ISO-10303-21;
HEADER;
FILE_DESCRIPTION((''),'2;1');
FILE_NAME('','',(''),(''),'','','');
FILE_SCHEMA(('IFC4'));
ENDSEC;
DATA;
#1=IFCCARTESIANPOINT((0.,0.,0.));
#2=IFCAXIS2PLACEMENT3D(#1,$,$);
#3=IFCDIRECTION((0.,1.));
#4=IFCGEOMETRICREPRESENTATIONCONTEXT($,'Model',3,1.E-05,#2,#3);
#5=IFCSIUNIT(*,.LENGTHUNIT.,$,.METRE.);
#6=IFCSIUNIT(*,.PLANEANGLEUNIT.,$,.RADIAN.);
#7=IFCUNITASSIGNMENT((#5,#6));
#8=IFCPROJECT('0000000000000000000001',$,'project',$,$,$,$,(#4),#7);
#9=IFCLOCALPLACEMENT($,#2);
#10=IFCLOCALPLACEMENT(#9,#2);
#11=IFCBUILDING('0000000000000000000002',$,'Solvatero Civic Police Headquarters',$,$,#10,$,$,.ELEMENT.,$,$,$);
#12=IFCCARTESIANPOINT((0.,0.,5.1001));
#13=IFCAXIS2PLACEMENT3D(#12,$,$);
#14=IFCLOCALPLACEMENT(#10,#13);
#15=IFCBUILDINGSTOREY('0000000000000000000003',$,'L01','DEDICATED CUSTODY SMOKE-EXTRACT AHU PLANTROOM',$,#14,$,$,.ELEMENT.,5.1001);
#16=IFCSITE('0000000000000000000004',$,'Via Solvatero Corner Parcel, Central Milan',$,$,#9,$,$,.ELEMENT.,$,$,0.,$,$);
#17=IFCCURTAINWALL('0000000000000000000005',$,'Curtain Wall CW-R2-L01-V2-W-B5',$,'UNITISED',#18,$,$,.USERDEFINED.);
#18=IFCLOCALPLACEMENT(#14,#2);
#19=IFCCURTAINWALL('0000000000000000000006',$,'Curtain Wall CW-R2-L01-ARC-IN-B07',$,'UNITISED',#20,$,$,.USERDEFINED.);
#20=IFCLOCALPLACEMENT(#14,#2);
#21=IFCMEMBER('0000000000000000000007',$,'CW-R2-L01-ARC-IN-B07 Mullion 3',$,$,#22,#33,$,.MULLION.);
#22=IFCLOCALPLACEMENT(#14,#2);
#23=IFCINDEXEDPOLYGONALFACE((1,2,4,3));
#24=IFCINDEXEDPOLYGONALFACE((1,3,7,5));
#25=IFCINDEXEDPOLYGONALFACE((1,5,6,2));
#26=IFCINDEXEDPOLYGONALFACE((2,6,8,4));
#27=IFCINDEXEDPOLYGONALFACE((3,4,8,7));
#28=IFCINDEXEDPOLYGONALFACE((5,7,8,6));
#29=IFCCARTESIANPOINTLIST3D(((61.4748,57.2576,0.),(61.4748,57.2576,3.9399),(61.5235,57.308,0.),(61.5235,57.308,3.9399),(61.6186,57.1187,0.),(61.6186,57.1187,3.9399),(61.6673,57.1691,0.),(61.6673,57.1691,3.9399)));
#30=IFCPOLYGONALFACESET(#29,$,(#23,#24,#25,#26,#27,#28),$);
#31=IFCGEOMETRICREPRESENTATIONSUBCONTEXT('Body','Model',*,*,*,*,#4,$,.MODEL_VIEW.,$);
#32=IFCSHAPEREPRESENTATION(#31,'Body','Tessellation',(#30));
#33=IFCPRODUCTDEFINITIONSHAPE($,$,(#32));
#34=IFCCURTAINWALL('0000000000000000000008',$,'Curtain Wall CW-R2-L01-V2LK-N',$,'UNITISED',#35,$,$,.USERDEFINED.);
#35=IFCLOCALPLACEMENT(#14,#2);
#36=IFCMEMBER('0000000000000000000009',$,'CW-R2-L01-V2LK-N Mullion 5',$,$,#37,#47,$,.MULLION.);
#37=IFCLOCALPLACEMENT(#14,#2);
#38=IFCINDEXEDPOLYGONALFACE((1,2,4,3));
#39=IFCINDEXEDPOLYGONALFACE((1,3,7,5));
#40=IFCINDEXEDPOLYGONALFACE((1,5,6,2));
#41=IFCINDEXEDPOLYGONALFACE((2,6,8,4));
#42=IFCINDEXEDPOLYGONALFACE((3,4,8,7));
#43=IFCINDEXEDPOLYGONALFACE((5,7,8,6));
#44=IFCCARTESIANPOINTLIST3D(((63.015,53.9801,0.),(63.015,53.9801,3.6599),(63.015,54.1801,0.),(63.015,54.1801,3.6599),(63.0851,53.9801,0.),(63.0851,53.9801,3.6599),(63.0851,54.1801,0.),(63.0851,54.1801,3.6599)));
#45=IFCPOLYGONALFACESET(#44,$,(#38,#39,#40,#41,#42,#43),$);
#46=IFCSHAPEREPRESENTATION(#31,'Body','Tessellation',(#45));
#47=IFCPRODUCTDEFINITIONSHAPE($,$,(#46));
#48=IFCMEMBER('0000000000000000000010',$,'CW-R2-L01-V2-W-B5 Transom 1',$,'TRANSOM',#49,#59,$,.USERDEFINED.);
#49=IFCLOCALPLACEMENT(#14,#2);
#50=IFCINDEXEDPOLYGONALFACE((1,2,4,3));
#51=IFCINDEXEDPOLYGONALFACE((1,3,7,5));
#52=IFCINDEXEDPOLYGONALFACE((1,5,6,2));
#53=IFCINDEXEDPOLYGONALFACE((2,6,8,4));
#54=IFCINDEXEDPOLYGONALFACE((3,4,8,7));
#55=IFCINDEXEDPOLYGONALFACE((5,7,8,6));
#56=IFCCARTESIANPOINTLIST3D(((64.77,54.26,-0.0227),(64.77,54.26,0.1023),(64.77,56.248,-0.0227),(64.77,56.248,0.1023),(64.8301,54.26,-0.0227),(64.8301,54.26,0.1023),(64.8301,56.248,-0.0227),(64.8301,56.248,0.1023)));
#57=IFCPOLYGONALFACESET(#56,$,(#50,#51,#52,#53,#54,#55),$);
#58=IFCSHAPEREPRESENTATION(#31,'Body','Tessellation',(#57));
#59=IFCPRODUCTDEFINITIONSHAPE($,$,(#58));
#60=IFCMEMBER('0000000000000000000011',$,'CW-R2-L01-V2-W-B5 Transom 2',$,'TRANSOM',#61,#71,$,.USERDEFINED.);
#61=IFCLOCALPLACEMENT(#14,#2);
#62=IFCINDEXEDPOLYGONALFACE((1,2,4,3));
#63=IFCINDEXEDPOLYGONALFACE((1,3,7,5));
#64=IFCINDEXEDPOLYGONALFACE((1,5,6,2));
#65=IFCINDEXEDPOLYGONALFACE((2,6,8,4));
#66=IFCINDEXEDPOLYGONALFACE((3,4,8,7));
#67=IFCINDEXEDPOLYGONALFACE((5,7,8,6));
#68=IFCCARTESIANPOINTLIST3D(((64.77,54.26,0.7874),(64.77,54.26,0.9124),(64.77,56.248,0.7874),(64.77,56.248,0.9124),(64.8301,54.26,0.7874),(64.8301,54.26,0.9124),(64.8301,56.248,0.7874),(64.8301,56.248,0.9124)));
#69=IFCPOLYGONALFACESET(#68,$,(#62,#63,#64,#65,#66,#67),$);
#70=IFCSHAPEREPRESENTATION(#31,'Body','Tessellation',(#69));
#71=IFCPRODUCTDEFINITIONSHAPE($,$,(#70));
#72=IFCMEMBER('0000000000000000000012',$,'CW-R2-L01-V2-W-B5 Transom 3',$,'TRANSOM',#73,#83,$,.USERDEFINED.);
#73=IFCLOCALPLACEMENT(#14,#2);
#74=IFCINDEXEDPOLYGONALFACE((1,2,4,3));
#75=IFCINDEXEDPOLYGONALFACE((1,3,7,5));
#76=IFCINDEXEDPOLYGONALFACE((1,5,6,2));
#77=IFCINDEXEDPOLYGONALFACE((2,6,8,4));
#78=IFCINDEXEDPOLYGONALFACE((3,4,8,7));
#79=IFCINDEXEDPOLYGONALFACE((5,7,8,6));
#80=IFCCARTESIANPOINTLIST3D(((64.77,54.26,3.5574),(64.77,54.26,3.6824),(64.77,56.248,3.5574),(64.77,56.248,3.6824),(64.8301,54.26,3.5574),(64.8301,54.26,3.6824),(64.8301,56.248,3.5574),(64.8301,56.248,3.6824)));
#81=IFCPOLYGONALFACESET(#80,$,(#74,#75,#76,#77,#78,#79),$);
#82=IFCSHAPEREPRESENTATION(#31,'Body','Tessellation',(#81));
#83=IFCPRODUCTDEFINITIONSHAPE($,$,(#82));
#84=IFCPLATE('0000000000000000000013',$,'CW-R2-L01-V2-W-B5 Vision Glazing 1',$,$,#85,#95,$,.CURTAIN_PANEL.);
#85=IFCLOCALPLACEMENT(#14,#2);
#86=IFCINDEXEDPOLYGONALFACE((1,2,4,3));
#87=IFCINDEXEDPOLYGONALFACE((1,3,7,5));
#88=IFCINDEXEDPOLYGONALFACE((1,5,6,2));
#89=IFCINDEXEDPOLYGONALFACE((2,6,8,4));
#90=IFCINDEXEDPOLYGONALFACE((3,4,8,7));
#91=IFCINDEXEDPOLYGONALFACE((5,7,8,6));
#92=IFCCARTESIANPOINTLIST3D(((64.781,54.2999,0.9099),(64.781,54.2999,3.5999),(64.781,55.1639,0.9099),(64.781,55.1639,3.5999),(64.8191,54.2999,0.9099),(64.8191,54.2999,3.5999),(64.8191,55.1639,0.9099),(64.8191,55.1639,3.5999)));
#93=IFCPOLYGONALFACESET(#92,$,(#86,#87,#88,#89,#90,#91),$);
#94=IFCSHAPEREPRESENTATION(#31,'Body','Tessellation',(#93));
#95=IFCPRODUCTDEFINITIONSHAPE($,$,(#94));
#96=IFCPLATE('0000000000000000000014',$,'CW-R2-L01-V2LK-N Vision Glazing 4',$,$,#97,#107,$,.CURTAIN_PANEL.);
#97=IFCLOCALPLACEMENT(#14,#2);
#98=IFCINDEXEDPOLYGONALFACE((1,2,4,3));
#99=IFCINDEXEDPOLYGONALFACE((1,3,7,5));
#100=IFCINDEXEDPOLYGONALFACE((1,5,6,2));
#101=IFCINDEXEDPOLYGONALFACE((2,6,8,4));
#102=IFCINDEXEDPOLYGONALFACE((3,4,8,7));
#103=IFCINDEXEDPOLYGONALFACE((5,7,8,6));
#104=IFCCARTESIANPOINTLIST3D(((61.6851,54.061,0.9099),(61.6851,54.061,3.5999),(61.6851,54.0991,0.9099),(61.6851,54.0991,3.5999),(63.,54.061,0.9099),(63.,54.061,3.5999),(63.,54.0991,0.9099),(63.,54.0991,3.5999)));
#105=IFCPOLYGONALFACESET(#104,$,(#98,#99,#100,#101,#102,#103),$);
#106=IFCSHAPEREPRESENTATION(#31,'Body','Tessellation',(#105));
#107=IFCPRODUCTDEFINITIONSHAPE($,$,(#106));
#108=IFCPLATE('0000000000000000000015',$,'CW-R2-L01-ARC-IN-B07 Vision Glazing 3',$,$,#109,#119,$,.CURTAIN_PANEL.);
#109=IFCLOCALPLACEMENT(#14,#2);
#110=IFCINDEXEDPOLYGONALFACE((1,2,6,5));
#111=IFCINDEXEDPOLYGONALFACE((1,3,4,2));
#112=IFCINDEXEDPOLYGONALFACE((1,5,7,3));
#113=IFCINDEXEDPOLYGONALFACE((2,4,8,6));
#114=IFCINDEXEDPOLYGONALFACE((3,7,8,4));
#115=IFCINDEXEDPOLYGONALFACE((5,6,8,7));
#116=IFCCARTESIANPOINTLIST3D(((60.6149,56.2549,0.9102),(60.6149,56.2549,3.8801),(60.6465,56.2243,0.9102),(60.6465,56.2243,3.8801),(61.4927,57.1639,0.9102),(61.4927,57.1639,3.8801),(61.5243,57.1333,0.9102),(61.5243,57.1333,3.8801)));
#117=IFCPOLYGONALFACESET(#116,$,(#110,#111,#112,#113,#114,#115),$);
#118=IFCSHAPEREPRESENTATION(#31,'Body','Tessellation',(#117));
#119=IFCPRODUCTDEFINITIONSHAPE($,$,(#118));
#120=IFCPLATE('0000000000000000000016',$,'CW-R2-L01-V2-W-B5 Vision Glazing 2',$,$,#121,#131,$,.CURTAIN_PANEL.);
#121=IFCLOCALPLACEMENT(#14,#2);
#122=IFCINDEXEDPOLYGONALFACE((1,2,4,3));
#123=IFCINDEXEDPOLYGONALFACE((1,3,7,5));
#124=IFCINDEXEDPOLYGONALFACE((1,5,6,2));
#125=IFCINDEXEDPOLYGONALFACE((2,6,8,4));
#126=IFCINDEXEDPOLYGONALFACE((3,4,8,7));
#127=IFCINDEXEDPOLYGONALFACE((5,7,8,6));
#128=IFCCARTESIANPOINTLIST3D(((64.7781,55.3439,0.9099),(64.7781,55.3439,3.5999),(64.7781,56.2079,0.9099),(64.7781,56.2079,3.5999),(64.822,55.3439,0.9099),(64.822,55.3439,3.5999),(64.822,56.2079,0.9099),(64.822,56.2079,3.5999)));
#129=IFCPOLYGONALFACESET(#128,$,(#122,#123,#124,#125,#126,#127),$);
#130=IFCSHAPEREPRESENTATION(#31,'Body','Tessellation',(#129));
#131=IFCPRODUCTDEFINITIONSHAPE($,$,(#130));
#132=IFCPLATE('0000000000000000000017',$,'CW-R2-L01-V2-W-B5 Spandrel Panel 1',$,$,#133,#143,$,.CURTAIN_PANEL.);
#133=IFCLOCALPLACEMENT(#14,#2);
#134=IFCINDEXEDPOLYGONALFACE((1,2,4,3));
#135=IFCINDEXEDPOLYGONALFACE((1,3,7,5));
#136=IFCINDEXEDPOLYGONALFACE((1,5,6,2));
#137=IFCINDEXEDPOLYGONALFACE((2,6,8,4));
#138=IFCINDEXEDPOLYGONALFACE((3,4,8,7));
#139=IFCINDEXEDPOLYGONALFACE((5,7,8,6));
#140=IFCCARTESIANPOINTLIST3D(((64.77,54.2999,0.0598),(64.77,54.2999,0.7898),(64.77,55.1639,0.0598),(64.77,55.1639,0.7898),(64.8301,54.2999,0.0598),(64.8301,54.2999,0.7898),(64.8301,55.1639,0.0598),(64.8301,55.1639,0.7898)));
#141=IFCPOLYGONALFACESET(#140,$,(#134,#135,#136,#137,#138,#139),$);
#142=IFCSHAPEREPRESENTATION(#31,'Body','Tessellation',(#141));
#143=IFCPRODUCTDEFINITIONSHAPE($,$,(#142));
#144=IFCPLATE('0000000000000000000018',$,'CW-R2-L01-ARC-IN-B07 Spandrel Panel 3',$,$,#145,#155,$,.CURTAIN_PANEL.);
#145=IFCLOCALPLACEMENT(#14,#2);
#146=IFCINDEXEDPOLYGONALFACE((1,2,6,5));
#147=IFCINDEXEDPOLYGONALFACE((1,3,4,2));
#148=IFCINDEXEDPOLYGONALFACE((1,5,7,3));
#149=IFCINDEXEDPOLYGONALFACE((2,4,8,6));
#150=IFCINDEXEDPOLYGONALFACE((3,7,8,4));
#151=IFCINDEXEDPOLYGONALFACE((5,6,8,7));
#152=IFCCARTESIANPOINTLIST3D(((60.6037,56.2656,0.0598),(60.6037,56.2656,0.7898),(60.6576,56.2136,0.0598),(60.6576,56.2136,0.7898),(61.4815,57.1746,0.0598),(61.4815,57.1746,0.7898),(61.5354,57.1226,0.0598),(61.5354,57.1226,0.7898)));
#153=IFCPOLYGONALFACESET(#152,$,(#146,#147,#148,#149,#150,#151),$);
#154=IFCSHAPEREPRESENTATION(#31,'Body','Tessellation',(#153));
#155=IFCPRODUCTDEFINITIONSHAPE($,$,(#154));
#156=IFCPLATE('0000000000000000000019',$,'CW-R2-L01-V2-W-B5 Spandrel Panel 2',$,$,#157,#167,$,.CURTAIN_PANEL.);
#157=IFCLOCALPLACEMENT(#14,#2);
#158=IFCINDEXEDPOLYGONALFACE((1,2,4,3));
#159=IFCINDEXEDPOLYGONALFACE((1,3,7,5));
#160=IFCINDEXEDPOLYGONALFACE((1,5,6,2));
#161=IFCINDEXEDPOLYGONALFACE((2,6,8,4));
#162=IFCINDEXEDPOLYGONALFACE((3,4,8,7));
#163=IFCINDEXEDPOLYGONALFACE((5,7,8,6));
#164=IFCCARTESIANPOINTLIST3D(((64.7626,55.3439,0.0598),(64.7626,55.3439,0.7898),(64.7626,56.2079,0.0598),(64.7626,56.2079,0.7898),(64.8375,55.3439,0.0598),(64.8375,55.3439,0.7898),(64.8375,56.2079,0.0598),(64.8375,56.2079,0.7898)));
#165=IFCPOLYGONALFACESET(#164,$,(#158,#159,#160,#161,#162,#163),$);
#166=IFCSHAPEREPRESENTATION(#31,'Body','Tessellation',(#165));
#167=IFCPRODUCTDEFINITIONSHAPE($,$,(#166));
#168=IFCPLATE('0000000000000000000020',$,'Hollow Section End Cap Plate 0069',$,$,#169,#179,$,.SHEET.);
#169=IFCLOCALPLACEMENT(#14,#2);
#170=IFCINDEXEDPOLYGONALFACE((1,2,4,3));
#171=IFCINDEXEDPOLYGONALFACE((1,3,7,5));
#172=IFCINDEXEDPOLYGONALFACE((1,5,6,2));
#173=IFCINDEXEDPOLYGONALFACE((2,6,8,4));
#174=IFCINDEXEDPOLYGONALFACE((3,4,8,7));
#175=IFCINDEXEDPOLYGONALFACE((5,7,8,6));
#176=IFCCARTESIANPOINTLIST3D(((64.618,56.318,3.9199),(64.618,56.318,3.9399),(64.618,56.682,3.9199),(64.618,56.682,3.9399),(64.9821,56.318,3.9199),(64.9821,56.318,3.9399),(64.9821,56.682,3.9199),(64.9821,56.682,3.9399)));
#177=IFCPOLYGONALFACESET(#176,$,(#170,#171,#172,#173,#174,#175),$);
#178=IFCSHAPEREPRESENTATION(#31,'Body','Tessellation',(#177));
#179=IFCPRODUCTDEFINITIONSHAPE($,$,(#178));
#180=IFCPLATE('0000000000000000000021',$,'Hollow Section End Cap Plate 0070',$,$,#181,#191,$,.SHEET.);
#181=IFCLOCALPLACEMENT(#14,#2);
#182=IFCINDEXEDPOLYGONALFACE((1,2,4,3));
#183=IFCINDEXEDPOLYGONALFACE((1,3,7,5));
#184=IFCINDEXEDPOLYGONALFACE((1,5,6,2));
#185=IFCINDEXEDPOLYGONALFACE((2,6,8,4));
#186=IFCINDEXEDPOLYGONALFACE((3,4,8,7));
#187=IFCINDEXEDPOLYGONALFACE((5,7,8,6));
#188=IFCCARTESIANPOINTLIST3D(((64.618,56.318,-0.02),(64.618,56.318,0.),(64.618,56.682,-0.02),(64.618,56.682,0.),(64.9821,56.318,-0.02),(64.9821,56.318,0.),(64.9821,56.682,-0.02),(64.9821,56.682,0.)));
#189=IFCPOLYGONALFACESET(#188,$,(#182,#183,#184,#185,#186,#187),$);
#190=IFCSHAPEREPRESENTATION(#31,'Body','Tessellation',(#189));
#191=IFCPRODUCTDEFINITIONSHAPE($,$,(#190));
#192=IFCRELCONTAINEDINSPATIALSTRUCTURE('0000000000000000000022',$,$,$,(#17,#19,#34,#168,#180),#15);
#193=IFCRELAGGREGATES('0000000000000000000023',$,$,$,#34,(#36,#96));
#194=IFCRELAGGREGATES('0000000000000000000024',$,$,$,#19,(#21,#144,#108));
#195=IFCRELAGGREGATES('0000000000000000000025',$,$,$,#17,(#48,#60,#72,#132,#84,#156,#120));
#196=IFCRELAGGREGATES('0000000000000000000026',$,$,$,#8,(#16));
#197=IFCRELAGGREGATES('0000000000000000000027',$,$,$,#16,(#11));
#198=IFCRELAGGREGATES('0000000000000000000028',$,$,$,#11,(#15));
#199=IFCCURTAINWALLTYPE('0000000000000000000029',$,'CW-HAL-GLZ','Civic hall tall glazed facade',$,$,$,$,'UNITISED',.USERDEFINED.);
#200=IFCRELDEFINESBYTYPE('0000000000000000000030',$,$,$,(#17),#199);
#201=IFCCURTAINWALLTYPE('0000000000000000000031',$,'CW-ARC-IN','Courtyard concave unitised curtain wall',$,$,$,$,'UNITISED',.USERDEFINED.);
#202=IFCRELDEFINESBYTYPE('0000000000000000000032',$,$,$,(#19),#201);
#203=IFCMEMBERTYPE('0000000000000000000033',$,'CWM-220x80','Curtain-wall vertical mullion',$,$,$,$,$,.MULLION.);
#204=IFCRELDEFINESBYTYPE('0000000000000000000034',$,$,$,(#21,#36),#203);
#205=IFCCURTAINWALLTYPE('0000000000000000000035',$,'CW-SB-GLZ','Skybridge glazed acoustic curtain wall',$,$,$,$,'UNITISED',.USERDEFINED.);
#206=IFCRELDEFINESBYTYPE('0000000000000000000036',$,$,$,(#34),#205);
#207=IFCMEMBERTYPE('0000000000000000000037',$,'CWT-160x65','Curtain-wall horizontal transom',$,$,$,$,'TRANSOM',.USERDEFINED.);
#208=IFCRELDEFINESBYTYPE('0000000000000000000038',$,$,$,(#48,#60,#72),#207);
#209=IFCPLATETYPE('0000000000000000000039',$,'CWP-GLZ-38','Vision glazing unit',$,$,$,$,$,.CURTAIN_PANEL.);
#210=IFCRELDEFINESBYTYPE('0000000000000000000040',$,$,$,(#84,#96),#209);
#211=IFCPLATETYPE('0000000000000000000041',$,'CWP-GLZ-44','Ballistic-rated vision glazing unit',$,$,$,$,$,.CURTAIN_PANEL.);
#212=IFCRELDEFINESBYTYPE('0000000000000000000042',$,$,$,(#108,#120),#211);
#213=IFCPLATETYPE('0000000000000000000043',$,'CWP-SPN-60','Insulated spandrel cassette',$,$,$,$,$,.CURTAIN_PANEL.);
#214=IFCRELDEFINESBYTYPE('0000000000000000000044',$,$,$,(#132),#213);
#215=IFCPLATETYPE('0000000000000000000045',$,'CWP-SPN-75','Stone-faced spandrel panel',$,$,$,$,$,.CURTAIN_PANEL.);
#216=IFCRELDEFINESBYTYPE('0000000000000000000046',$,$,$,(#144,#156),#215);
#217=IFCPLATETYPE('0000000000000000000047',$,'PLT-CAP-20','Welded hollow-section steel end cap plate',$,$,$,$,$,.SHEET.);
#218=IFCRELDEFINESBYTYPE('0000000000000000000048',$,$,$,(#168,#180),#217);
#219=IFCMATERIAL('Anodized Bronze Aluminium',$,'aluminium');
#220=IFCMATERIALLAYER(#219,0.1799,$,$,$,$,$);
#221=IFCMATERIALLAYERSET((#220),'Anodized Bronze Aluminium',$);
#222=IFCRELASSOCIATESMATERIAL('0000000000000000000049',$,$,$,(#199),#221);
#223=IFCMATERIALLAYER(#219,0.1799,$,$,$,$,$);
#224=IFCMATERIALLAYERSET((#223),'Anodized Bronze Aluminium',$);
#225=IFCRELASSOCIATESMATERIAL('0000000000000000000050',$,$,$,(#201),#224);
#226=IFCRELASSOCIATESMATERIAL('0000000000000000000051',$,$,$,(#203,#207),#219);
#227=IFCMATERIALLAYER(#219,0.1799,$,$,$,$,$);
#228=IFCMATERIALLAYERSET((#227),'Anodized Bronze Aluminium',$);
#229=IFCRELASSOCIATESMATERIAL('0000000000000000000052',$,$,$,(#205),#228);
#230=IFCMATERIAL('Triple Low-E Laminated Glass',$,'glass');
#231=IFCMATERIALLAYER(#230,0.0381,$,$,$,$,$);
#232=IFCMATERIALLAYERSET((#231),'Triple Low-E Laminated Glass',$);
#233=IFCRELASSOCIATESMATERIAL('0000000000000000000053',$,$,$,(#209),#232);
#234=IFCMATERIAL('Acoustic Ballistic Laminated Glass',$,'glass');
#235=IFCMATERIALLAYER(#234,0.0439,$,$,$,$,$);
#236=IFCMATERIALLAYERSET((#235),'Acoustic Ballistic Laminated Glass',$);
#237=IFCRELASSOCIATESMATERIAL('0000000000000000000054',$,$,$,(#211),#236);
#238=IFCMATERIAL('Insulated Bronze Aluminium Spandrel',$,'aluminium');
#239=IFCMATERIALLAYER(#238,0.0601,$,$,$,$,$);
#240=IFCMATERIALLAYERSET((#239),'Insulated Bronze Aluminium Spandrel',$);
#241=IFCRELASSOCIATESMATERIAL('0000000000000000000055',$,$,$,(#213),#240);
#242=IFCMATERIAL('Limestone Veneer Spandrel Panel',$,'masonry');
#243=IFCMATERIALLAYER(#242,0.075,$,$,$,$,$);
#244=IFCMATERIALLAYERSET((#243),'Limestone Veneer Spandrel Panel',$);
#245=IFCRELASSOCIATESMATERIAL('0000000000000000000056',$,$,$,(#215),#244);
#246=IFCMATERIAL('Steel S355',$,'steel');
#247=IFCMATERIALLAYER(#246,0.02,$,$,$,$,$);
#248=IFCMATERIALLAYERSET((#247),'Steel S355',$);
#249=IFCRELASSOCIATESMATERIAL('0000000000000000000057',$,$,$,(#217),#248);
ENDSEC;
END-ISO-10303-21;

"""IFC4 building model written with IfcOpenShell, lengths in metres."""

from ifc_helpers import new_model, si_unit, direction, frame, origin, origin_2d, place, context, subcontext, project, spatial, rectangle, extrude, material, layer, layer_set, material_profile, profile_set, type_object, element, aggregate, save


model = new_model("IFC4")

# Units and contexts
model_context = context("Model", 3, precision=1e-05, world=origin(), true_north=direction((0.0, 1.0)))
body_context = subcontext(model_context, "Body", "Model", "MODEL_VIEW")
ifc_project = project(units=[si_unit("LENGTHUNIT", "METRE"), si_unit("PLANEANGLEUNIT", "RADIAN")], contexts=[model_context])

# Site, building, storey
site_placement = place(None, origin())
site = spatial("IfcSite", under=ifc_project, at=site_placement, Name="Via Solvatero Corner Parcel, Central Milan", CompositionType="ELEMENT", RefElevation=0.0)
building_placement = place(site_placement, origin())
building = spatial("IfcBuilding", under=site, at=building_placement, Name="Solvatero Civic Police Headquarters", CompositionType="ELEMENT")
storey_placement = place(building_placement, frame((0.0, 0.0, 5.1001)))
storey = spatial("IfcBuildingStorey", under=building, at=storey_placement, Name="L01", Description="DEDICATED CUSTODY SMOKE-EXTRACT AHU PLANTROOM", CompositionType="ELEMENT", Elevation=5.1001)

# Shared definitions
ifc_material_1 = material(Name="Steel S355", Category="steel")

# Curtain wall
ifc_material_2 = material(Name="Anodized Bronze Aluminium", Category="aluminium")
ifc_layer_1 = layer(ifc_material_2, 0.1799)
ifc_layer_set_1 = layer_set([ifc_layer_1], Name="Anodized Bronze Aluminium")
curtain_wall_type_1 = type_object("IfcCurtainWallType", Name="CW-HAL-GLZ", Description="Civic hall tall glazed facade", ElementType="UNITISED", PredefinedType="USERDEFINED", material=ifc_layer_set_1)
curtain_wall_1_placement = place(storey_placement, origin())
curtain_wall_1 = element("IfcCurtainWall", 1, at=curtain_wall_1_placement, inside=storey, type_object=curtain_wall_type_1, Name="Curtain Wall CW-R2-L01-V2-W-B5", ObjectType="UNITISED", PredefinedType="USERDEFINED")

# Curtain walls, members
ifc_layer_2 = layer(ifc_material_2, 0.1799)
ifc_layer_set_2 = layer_set([ifc_layer_2], Name="Anodized Bronze Aluminium")
curtain_wall_type_2 = type_object("IfcCurtainWallType", Name="CW-ARC-IN", Description="Courtyard concave unitised curtain wall", ElementType="UNITISED", PredefinedType="USERDEFINED", material=ifc_layer_set_2)
curtain_wall_2_placement = place(storey_placement, origin())
curtain_wall_2 = element("IfcCurtainWall", 2, at=curtain_wall_2_placement, inside=storey, type_object=curtain_wall_type_2, Name="Curtain Wall CW-R2-L01-ARC-IN-B07", ObjectType="UNITISED", PredefinedType="USERDEFINED")
ifc_material_profile_1 = material_profile(ifc_material_2, rectangle(XDim=0.0701, YDim=0.2, at=origin_2d()), Name="ALU MULLION 70x200")
ifc_profile_set_1 = profile_set([ifc_material_profile_1], Name="Anodized Bronze Aluminium")
member_type_1 = type_object("IfcMemberType", Name="CWM-220x80", Description="Curtain-wall vertical mullion", PredefinedType="MULLION", material=ifc_profile_set_1)
member_1_placement = place(storey_placement, frame((61.571, 57.2134, 0.0), z_axis=(0.0, 0.0, 1.0), x_axis=(-0.694658, -0.71934, 0.0)))
member_1 = element("IfcMember", 3, at=member_1_placement, type_object=member_type_1, Name="CW-R2-L01-ARC-IN-B07 Mullion 3", PredefinedType="MULLION", context=body_context, shape_type="SweptSolid", body=[
    extrude(rectangle(XDim=0.0701, YDim=0.2, at=origin_2d()), origin(), (0.0, 0.0, 1.0), 3.9399),
])
ifc_layer_3 = layer(ifc_material_2, 0.1799)
ifc_layer_set_3 = layer_set([ifc_layer_3], Name="Anodized Bronze Aluminium")
curtain_wall_type_3 = type_object("IfcCurtainWallType", Name="CW-SB-GLZ", Description="Skybridge glazed acoustic curtain wall", ElementType="UNITISED", PredefinedType="USERDEFINED", material=ifc_layer_set_3)
curtain_wall_3_placement = place(storey_placement, origin())
curtain_wall_3 = element("IfcCurtainWall", 4, at=curtain_wall_3_placement, inside=storey, type_object=curtain_wall_type_3, Name="Curtain Wall CW-R2-L01-V2LK-N", ObjectType="UNITISED", PredefinedType="USERDEFINED")
member_2_placement = place(storey_placement, frame((63.05, 54.0801, 0.0), z_axis=(0.0, 0.0, 1.0), x_axis=(1.0, 0.0, 0.0)))
member_2 = element("IfcMember", 5, at=member_2_placement, type_object=member_type_1, Name="CW-R2-L01-V2LK-N Mullion 5", PredefinedType="MULLION", context=body_context, shape_type="SweptSolid", body=[
    extrude(rectangle(XDim=0.0701, YDim=0.2, at=origin_2d()), origin(), (0.0, 0.0, 1.0), 3.6599),
])

# Members
ifc_material_profile_2 = material_profile(ifc_material_2, rectangle(XDim=0.0601, YDim=0.125, at=origin_2d()), Name="ALU TRANSOM 60x125")
ifc_profile_set_2 = profile_set([ifc_material_profile_2], Name="Anodized Bronze Aluminium")
member_type_2 = type_object("IfcMemberType", Name="CWT-160x65", Description="Curtain-wall horizontal transom", ElementType="TRANSOM", PredefinedType="USERDEFINED", material=ifc_profile_set_2)
member_3_placement = place(storey_placement, frame((64.8, 54.26, 0.0398), z_axis=(0.0, 1.0, 0.0), x_axis=(-1.0, 0.0, 0.0)))
member_3 = element("IfcMember", 6, at=member_3_placement, type_object=member_type_2, Name="CW-R2-L01-V2-W-B5 Transom 1", ObjectType="TRANSOM", PredefinedType="USERDEFINED", context=body_context, shape_type="SweptSolid", body=[
    extrude(rectangle(XDim=0.0601, YDim=0.125, at=origin_2d()), origin(), (0.0, 0.0, 1.0), 1.988),
])
member_4_placement = place(storey_placement, frame((64.8, 54.26, 0.8499), z_axis=(0.0, 1.0, 0.0), x_axis=(-1.0, 0.0, 0.0)))
member_4 = element("IfcMember", 7, at=member_4_placement, type_object=member_type_2, Name="CW-R2-L01-V2-W-B5 Transom 2", ObjectType="TRANSOM", PredefinedType="USERDEFINED", context=body_context, shape_type="SweptSolid", body=[
    extrude(rectangle(XDim=0.0601, YDim=0.125, at=origin_2d()), origin(), (0.0, 0.0, 1.0), 1.988),
])
member_5_placement = place(storey_placement, frame((64.8, 54.26, 3.6199), z_axis=(0.0, 1.0, 0.0), x_axis=(-1.0, 0.0, 0.0)))
member_5 = element("IfcMember", 8, at=member_5_placement, type_object=member_type_2, Name="CW-R2-L01-V2-W-B5 Transom 3", ObjectType="TRANSOM", PredefinedType="USERDEFINED", context=body_context, shape_type="SweptSolid", body=[
    extrude(rectangle(XDim=0.0601, YDim=0.125, at=origin_2d()), origin(), (0.0, 0.0, 1.0), 1.988),
])

# Plates
ifc_material_3 = material(Name="Triple Low-E Laminated Glass", Category="glass")
ifc_layer_4 = layer(ifc_material_3, 0.0381)
ifc_layer_set_4 = layer_set([ifc_layer_4], Name="Triple Low-E Laminated Glass")
plate_type_1 = type_object("IfcPlateType", Name="CWP-GLZ-38", Description="Vision glazing unit", PredefinedType="CURTAIN_PANEL", material=ifc_layer_set_4)
plate_1_placement = place(storey_placement, frame((64.8, 54.7319, 0.9099), z_axis=(0.0, 0.0, 1.0), x_axis=(0.0, 1.0, 0.0)))
plate_1 = element("IfcPlate", 9, at=plate_1_placement, type_object=plate_type_1, Name="CW-R2-L01-V2-W-B5 Vision Glazing 1", PredefinedType="CURTAIN_PANEL", context=body_context, shape_type="SweptSolid", body=[
    extrude(rectangle(XDim=0.864, YDim=0.0381, at=origin_2d()), origin(), (0.0, 0.0, 1.0), 2.6899),
])
plate_2_placement = place(storey_placement, frame((62.3425, 54.0801, 0.9099), z_axis=(0.0, 0.0, 1.0), x_axis=(1.0, 0.0, 0.0)))
plate_2 = element("IfcPlate", 10, at=plate_2_placement, type_object=plate_type_1, Name="CW-R2-L01-V2LK-N Vision Glazing 4", PredefinedType="CURTAIN_PANEL", context=body_context, shape_type="SweptSolid", body=[
    extrude(rectangle(XDim=1.3149, YDim=0.0381, at=origin_2d()), origin(), (0.0, 0.0, 1.0), 2.6899),
])
aggregate(curtain_wall_3, [member_2, plate_2])
ifc_material_4 = material(Name="Acoustic Ballistic Laminated Glass", Category="glass")
ifc_layer_5 = layer(ifc_material_4, 0.0439)
ifc_layer_set_5 = layer_set([ifc_layer_5], Name="Acoustic Ballistic Laminated Glass")
plate_type_2 = type_object("IfcPlateType", Name="CWP-GLZ-44", Description="Ballistic-rated vision glazing unit", PredefinedType="CURTAIN_PANEL", material=ifc_layer_set_5)
plate_3_placement = place(storey_placement, frame((61.0696, 56.6941, 0.9102), z_axis=(0.0, 0.0, 1.0), x_axis=(-0.694658, -0.71934, 0.0)))
plate_3 = element("IfcPlate", 11, at=plate_3_placement, type_object=plate_type_2, Name="CW-R2-L01-ARC-IN-B07 Vision Glazing 3", PredefinedType="CURTAIN_PANEL", context=body_context, shape_type="SweptSolid", body=[
    extrude(rectangle(XDim=1.2637, YDim=0.0439, at=origin_2d()), origin(), (0.0, 0.0, 1.0), 2.97),
])
plate_4_placement = place(storey_placement, frame((64.8, 55.7759, 0.9099), z_axis=(0.0, 0.0, 1.0), x_axis=(0.0, 1.0, 0.0)))
plate_4 = element("IfcPlate", 12, at=plate_4_placement, type_object=plate_type_2, Name="CW-R2-L01-V2-W-B5 Vision Glazing 2", PredefinedType="CURTAIN_PANEL", context=body_context, shape_type="SweptSolid", body=[
    extrude(rectangle(XDim=0.864, YDim=0.0439, at=origin_2d()), origin(), (0.0, 0.0, 1.0), 2.6899),
])
ifc_material_5 = material(Name="Insulated Bronze Aluminium Spandrel", Category="aluminium")
ifc_layer_6 = layer(ifc_material_5, 0.0601)
ifc_layer_set_6 = layer_set([ifc_layer_6], Name="Insulated Bronze Aluminium Spandrel")
plate_type_3 = type_object("IfcPlateType", Name="CWP-SPN-60", Description="Insulated spandrel cassette", PredefinedType="CURTAIN_PANEL", material=ifc_layer_set_6)
plate_5_placement = place(storey_placement, frame((64.8, 54.7319, 0.0598), z_axis=(0.0, 0.0, 1.0), x_axis=(0.0, 1.0, 0.0)))
plate_5 = element("IfcPlate", 13, at=plate_5_placement, type_object=plate_type_3, Name="CW-R2-L01-V2-W-B5 Spandrel Panel 1", PredefinedType="CURTAIN_PANEL", context=body_context, shape_type="SweptSolid", body=[
    extrude(rectangle(XDim=0.864, YDim=0.0601, at=origin_2d()), origin(), (0.0, 0.0, 1.0), 0.73),
])
ifc_material_6 = material(Name="Limestone Veneer Spandrel Panel", Category="masonry")
ifc_layer_7 = layer(ifc_material_6, 0.075)
ifc_layer_set_7 = layer_set([ifc_layer_7], Name="Limestone Veneer Spandrel Panel")
plate_type_4 = type_object("IfcPlateType", Name="CWP-SPN-75", Description="Stone-faced spandrel panel", PredefinedType="CURTAIN_PANEL", material=ifc_layer_set_7)
plate_6_placement = place(storey_placement, frame((61.0696, 56.6941, 0.0598), z_axis=(0.0, 0.0, 1.0), x_axis=(-0.694658, -0.71934, 0.0)))
plate_6 = element("IfcPlate", 14, at=plate_6_placement, type_object=plate_type_4, Name="CW-R2-L01-ARC-IN-B07 Spandrel Panel 3", PredefinedType="CURTAIN_PANEL", context=body_context, shape_type="SweptSolid", body=[
    extrude(rectangle(XDim=1.2637, YDim=0.075, at=origin_2d()), origin(), (0.0, 0.0, 1.0), 0.73),
])
aggregate(curtain_wall_2, [member_1, plate_6, plate_3])
plate_7_placement = place(storey_placement, frame((64.8, 55.7759, 0.0598), z_axis=(0.0, 0.0, 1.0), x_axis=(0.0, 1.0, 0.0)))
plate_7 = element("IfcPlate", 15, at=plate_7_placement, type_object=plate_type_4, Name="CW-R2-L01-V2-W-B5 Spandrel Panel 2", PredefinedType="CURTAIN_PANEL", context=body_context, shape_type="SweptSolid", body=[
    extrude(rectangle(XDim=0.864, YDim=0.075, at=origin_2d()), origin(), (0.0, 0.0, 1.0), 0.73),
])
aggregate(curtain_wall_1, [member_3, member_4, member_5, plate_5, plate_1, plate_7, plate_4])

# Plates
ifc_layer_8 = layer(ifc_material_1, 0.02)
ifc_layer_set_8 = layer_set([ifc_layer_8], Name="Steel S355")
plate_type_5 = type_object("IfcPlateType", Name="PLT-CAP-20", Description="Welded hollow-section steel end cap plate", PredefinedType="SHEET", material=ifc_layer_set_8)
for number, where, z_axis, x_axis, name in (
    (16, (64.8, 56.5, 3.9199), (0.0, 0.0, 1.0), (1.0, 0.0, 0.0), "Hollow Section End Cap Plate 0069"),
    (17, (64.8, 56.5, -0.02), (0.0, 0.0, 1.0), (1.0, 0.0, 0.0), "Hollow Section End Cap Plate 0070"),
):
    element("IfcPlate", number, at=place(storey_placement, frame(where, z_axis=z_axis, x_axis=x_axis)), inside=storey, type_object=plate_type_5, Name=name, PredefinedType="SHEET", context=body_context, shape_type="SweptSolid", body=[
        extrude(rectangle(XDim=0.364, YDim=0.364, at=origin_2d()), origin(), (0.0, 0.0, 1.0), 0.02),
    ])

save(model, "model.ifc")
